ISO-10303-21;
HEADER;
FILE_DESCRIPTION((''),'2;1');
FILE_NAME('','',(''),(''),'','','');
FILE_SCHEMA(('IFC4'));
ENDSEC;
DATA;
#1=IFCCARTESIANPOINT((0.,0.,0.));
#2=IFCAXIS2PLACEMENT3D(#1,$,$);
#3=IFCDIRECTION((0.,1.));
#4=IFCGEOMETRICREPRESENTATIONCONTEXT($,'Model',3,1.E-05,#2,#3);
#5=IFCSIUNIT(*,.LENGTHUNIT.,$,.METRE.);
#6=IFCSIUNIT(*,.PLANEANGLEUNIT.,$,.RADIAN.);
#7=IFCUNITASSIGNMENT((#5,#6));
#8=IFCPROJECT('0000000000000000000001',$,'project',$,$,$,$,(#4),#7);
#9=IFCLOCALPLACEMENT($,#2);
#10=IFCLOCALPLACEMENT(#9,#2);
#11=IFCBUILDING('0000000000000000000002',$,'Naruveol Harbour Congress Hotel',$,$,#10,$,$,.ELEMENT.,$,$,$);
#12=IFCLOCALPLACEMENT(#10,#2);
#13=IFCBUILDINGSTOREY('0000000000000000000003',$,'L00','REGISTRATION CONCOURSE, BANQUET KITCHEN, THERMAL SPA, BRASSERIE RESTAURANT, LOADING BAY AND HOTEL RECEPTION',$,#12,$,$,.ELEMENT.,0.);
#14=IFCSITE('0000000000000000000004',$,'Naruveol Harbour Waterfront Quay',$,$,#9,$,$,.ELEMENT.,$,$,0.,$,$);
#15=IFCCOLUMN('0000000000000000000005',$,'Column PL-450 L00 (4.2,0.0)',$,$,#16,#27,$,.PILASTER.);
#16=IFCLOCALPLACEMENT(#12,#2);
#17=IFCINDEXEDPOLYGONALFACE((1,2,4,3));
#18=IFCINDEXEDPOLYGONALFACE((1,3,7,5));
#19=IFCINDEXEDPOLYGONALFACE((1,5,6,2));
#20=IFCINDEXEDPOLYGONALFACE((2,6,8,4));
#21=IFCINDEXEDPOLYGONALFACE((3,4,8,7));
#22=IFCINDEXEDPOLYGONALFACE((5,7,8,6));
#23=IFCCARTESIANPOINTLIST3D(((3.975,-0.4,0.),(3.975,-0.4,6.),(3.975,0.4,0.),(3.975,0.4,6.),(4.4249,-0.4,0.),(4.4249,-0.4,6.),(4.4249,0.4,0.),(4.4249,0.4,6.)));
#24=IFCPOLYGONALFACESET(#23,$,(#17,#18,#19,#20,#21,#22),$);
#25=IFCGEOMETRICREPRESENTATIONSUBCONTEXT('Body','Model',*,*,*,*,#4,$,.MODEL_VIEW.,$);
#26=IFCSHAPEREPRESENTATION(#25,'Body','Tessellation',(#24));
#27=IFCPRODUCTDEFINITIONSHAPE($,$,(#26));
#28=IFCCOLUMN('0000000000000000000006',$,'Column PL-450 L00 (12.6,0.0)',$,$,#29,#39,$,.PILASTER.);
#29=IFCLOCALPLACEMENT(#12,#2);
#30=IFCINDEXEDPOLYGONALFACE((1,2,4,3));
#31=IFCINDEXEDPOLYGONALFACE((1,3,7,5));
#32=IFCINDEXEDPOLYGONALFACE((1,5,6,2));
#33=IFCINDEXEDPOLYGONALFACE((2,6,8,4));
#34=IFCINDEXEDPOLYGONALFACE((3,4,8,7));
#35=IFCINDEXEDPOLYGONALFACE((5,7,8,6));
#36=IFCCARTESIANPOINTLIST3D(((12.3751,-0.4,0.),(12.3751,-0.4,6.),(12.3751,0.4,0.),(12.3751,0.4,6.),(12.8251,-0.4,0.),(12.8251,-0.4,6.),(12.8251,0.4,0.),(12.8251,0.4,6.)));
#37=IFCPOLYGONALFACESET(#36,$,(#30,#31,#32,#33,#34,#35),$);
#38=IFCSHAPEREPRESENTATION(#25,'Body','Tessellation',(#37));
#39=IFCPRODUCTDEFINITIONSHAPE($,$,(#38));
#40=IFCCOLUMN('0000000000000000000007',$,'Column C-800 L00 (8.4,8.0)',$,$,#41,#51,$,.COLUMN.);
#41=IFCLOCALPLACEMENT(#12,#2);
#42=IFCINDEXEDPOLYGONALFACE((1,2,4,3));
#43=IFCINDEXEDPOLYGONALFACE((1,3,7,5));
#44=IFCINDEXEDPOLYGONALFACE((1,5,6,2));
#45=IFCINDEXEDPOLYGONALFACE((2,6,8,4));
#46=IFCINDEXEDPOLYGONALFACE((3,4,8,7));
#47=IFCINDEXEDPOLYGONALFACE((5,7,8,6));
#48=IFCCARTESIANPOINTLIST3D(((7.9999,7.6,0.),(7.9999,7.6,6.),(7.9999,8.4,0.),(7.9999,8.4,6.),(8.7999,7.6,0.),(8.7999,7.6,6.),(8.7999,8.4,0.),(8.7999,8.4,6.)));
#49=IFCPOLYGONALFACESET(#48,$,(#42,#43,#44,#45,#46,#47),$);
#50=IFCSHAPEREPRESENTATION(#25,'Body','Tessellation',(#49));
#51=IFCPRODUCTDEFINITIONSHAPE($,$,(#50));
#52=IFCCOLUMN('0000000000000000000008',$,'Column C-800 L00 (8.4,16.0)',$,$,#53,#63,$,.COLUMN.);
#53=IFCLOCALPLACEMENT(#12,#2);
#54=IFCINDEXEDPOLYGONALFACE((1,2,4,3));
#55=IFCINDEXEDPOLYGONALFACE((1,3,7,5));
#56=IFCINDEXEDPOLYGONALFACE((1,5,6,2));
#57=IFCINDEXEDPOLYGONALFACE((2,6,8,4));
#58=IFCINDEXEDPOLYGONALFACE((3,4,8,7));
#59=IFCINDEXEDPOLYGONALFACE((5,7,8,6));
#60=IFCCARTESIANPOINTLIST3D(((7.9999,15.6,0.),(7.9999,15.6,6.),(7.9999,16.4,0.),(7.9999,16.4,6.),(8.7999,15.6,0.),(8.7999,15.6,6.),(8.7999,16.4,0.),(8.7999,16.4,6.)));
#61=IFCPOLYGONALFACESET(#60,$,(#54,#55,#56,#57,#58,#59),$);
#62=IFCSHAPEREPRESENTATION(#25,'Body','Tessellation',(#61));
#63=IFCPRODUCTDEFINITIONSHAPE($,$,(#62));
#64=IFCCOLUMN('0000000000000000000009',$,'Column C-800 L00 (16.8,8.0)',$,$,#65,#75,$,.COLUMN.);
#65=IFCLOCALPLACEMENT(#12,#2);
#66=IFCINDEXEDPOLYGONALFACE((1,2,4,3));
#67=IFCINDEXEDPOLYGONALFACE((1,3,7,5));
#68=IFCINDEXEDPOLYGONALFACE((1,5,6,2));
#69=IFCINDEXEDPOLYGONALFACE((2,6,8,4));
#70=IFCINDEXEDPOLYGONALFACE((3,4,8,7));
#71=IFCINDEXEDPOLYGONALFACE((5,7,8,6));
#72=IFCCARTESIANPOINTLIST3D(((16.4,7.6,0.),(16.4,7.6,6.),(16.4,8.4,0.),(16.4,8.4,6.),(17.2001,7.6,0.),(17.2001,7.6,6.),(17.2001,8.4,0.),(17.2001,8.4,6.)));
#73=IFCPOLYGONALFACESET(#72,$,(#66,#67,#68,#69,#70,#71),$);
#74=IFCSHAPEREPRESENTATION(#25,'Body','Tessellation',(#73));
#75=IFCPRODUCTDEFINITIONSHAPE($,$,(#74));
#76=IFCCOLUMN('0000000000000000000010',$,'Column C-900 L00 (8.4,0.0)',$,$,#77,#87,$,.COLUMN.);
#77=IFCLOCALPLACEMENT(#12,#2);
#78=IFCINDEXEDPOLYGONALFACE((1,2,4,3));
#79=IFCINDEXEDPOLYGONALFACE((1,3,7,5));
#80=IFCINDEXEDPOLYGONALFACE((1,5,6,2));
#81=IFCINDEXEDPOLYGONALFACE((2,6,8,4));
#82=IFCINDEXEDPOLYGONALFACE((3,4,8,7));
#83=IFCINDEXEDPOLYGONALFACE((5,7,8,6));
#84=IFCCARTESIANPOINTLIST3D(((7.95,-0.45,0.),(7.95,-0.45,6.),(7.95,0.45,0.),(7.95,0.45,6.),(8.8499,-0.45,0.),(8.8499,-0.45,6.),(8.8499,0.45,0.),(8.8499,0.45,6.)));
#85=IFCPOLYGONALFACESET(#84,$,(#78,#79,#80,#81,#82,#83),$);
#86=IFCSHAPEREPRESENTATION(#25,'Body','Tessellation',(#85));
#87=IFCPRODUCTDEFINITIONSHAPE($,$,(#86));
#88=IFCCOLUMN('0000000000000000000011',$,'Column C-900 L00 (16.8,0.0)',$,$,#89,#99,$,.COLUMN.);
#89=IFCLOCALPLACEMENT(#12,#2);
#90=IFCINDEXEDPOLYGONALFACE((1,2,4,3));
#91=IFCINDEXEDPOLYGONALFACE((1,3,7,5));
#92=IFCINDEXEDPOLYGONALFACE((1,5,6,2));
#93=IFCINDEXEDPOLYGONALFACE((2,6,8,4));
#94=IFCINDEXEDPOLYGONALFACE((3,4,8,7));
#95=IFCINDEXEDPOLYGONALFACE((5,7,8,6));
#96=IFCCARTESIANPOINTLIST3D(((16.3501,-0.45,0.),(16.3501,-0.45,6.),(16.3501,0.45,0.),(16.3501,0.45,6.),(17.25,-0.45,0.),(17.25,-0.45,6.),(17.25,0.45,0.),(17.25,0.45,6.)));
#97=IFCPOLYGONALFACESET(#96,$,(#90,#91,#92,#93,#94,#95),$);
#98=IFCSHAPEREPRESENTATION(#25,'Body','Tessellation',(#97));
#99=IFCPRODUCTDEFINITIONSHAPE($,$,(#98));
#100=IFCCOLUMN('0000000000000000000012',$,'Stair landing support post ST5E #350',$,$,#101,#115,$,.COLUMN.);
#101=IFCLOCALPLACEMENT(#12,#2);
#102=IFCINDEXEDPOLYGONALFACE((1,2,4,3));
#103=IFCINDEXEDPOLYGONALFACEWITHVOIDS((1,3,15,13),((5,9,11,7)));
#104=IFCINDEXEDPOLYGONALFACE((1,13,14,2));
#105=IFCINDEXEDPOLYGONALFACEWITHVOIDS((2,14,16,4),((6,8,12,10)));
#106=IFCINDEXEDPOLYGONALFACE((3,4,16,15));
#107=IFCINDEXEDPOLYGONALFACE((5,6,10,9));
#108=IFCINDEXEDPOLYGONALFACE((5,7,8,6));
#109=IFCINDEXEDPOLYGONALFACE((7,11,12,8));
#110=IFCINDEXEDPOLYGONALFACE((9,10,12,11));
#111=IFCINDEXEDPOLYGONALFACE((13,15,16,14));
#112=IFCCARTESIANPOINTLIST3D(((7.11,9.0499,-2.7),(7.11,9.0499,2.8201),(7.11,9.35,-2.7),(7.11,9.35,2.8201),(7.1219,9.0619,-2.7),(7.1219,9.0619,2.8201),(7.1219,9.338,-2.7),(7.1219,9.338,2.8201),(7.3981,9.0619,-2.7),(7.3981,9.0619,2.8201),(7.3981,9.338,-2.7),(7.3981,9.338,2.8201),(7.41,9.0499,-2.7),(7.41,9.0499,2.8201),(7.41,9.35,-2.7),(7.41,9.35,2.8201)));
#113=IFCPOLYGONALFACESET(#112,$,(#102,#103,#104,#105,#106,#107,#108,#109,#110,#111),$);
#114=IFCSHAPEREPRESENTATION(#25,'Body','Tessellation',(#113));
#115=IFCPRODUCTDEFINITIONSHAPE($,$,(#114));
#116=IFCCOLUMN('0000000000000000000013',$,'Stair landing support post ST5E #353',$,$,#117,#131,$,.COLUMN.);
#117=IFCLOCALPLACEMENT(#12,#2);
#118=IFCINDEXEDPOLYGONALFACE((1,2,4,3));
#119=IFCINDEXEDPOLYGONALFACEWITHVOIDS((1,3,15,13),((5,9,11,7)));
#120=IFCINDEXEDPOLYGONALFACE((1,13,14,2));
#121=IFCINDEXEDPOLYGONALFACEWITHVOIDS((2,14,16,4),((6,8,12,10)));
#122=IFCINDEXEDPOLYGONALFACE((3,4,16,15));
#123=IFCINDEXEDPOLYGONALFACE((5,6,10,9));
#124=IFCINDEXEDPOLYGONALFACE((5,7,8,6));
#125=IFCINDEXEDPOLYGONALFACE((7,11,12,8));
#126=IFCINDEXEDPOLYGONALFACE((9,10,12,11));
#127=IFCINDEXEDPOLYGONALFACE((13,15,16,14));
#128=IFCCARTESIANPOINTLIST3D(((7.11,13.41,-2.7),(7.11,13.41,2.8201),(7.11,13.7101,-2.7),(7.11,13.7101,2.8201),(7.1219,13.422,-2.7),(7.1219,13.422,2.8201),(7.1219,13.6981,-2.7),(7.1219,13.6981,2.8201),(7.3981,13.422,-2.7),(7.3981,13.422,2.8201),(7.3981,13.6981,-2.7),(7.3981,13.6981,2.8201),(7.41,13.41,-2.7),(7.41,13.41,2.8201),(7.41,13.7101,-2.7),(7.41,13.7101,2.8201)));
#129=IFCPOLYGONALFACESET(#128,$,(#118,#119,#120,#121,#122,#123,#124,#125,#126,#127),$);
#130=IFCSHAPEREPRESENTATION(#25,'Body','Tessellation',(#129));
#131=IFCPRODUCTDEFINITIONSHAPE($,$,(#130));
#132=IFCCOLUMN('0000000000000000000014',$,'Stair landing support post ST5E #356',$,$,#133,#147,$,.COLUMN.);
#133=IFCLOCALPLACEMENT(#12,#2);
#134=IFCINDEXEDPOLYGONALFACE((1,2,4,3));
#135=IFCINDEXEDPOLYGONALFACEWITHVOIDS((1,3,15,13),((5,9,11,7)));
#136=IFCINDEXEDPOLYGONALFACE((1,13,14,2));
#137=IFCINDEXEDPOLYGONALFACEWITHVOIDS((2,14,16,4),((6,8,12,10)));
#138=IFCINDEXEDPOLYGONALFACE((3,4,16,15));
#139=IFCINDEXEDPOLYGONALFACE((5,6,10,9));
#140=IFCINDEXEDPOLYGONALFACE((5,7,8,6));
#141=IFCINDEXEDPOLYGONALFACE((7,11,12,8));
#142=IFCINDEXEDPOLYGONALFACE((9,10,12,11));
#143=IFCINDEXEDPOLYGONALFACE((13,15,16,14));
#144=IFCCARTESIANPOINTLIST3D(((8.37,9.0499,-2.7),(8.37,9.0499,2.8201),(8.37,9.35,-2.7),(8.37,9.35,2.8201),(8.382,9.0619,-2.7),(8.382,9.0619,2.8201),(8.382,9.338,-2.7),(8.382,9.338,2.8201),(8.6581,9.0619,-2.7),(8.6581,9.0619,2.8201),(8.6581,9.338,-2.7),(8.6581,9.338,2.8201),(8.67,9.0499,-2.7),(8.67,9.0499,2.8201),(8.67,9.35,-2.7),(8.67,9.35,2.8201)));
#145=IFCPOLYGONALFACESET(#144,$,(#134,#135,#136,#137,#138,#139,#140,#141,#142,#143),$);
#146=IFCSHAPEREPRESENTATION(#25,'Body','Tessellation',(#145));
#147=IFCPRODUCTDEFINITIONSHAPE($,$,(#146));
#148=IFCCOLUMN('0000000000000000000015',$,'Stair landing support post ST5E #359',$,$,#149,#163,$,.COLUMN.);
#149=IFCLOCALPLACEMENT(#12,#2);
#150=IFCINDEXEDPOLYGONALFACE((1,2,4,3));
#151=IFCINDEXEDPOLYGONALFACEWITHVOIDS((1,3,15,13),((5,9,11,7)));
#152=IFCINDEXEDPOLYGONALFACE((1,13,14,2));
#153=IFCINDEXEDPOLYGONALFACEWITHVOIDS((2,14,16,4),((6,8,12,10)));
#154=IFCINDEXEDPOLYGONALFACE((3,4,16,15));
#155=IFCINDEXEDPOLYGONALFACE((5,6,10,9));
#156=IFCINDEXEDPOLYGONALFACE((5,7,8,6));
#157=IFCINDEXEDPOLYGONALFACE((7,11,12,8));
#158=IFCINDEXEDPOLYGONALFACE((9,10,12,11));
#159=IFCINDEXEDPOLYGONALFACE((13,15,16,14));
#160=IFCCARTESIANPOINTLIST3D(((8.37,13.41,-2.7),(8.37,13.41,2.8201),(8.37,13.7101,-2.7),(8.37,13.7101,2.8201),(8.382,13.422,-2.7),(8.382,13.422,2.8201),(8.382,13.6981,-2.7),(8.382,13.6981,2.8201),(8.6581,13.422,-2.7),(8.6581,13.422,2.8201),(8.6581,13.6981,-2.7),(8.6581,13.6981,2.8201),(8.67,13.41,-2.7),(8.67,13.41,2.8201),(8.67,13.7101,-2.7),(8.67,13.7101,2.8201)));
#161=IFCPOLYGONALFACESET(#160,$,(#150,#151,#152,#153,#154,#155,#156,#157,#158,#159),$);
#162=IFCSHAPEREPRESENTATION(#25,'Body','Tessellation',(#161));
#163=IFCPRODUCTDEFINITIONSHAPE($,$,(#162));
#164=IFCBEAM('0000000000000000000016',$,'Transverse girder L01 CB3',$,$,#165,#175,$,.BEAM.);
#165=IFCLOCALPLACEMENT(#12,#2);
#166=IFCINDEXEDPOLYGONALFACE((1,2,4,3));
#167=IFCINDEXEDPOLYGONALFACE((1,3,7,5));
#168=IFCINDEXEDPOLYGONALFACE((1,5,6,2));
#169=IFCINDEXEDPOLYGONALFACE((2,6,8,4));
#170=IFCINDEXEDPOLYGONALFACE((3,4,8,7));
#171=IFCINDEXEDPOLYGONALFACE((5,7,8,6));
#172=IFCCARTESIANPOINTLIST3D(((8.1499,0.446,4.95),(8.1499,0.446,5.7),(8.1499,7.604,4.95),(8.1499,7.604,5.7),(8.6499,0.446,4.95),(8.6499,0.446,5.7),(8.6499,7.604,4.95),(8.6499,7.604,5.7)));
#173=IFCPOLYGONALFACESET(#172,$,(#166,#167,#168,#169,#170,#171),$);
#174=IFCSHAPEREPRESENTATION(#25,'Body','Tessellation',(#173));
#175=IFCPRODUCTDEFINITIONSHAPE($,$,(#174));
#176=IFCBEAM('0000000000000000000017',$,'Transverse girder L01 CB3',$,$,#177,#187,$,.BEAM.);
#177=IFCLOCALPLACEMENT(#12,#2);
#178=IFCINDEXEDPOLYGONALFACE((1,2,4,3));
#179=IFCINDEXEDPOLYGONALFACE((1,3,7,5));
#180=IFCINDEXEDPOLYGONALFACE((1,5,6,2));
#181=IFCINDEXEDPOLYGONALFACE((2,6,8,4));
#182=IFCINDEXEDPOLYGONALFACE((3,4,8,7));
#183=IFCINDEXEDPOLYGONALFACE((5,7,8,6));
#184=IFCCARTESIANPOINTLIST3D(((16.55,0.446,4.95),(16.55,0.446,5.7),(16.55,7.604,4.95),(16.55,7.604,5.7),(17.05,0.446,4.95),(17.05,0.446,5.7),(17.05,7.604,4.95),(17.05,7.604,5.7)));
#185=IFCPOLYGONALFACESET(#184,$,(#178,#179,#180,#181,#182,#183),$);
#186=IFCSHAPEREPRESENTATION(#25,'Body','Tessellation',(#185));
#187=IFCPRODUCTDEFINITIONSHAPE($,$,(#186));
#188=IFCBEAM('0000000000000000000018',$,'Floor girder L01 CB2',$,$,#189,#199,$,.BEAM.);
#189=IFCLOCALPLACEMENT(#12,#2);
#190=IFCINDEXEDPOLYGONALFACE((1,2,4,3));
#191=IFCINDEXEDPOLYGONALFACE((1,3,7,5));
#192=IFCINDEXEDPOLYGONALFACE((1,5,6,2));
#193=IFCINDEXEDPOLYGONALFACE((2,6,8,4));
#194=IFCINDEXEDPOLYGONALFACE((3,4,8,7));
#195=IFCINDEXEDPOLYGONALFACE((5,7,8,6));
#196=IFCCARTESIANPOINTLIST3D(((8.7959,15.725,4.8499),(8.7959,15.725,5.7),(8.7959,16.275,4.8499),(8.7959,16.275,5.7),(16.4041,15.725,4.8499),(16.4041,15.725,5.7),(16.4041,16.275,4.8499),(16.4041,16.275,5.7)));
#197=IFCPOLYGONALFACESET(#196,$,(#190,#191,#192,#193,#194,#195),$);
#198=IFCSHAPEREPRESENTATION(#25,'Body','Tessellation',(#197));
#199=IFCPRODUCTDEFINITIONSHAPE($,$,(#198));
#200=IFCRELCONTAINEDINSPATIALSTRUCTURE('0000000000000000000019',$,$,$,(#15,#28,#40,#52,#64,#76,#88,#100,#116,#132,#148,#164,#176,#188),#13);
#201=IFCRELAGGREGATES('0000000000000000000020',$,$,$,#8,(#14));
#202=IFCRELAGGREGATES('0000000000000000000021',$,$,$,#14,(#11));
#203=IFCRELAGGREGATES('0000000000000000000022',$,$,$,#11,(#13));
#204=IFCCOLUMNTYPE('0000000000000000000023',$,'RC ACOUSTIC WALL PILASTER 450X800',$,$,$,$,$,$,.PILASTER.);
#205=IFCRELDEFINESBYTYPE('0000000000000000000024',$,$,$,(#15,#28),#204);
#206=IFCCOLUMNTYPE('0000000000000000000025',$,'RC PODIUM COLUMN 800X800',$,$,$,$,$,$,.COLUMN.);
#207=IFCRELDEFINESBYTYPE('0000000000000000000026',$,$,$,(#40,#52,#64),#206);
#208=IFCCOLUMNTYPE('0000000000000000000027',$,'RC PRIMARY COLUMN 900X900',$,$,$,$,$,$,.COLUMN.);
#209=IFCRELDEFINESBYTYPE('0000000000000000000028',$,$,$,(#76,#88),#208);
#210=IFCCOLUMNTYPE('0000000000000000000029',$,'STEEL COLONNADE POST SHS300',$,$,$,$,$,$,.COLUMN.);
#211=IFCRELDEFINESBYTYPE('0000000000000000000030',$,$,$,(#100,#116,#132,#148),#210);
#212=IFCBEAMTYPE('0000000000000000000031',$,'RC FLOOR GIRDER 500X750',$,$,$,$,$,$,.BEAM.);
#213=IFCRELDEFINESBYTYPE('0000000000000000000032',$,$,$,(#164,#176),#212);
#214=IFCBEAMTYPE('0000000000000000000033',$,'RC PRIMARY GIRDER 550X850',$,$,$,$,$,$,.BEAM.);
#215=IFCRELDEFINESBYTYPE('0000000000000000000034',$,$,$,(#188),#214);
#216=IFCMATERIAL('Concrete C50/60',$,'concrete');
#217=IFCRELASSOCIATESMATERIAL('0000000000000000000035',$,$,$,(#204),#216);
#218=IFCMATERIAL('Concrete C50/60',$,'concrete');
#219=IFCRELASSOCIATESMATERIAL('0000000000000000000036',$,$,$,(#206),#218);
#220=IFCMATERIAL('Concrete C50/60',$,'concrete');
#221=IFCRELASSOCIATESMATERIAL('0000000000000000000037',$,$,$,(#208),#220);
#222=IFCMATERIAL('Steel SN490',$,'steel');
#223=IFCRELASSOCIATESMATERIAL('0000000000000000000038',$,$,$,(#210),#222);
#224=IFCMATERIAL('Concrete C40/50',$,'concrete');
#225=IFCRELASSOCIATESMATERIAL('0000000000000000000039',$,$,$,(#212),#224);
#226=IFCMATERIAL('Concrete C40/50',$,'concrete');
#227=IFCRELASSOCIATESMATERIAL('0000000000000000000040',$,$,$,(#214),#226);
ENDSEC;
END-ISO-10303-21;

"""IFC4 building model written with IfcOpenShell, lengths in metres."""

from ifc_helpers import new_model, si_unit, direction, frame, origin, origin_2d, place, context, subcontext, project, spatial, rectangle, hollow_rectangle, extrude, material, material_profile, profile_set, type_object, element, save


model = new_model("IFC4")

# Units and contexts
model_context = context("Model", 3, precision=1e-05, world=origin(), true_north=direction((0.0, 1.0)))
body_context = subcontext(model_context, "Body", "Model", "MODEL_VIEW")
ifc_project = project(units=[si_unit("LENGTHUNIT", "METRE"), si_unit("PLANEANGLEUNIT", "RADIAN")], contexts=[model_context])

# Site, building, storey
site_placement = place(None, origin())
site = spatial("IfcSite", under=ifc_project, at=site_placement, Name="Naruveol Harbour Waterfront Quay", CompositionType="ELEMENT", RefElevation=0.0)
building_placement = place(site_placement, origin())
building = spatial("IfcBuilding", under=site, at=building_placement, Name="Naruveol Harbour Congress Hotel", CompositionType="ELEMENT")
storey_placement = place(building_placement, origin())
storey = spatial("IfcBuildingStorey", under=building, at=storey_placement, Name="L00", Description="REGISTRATION CONCOURSE, BANQUET KITCHEN, THERMAL SPA, BRASSERIE RESTAURANT, LOADING BAY AND HOTEL RECEPTION", CompositionType="ELEMENT", Elevation=0.0)

# Columns
ifc_material_1 = material(Name="Concrete C50/60", Category="concrete")
ifc_material_profile_1 = material_profile(ifc_material_1, rectangle(XDim=0.45, YDim=0.8, at=origin_2d()), Name="RC-450x800")
ifc_profile_set_1 = profile_set([ifc_material_profile_1], Name="Concrete C50/60")
column_type_1 = type_object("IfcColumnType", Name="RC ACOUSTIC WALL PILASTER 450X800", PredefinedType="PILASTER", material=ifc_profile_set_1)
for number, where, z_axis, x_axis, name in (
    (1, (4.2, 0.0, 0.0), (0.0, 0.0, 1.0), (1.0, 0.0, 0.0), "Column PL-450 L00 (4.2,0.0)"),
    (2, (12.6001, 0.0, 0.0), (0.0, 0.0, 1.0), (1.0, 0.0, 0.0), "Column PL-450 L00 (12.6,0.0)"),
):
    element("IfcColumn", number, at=place(storey_placement, frame(where, z_axis=z_axis, x_axis=x_axis)), inside=storey, type_object=column_type_1, Name=name, PredefinedType="PILASTER", context=body_context, shape_type="SweptSolid", body=[
        extrude(rectangle(XDim=0.45, YDim=0.8, at=origin_2d()), origin(), (0.0, 0.0, 1.0), 6.0),
    ])
ifc_material_2 = material(Name="Concrete C50/60", Category="concrete")
ifc_material_profile_2 = material_profile(ifc_material_2, rectangle(XDim=0.8, YDim=0.8, at=origin_2d()), Name="RC-800x800")
ifc_profile_set_2 = profile_set([ifc_material_profile_2], Name="Concrete C50/60")
column_type_2 = type_object("IfcColumnType", Name="RC PODIUM COLUMN 800X800", PredefinedType="COLUMN", material=ifc_profile_set_2)
for number, where, z_axis, x_axis, name in (
    (3, (8.3999, 8.0, 0.0), (0.0, 0.0, 1.0), (1.0, 0.0, 0.0), "Column C-800 L00 (8.4,8.0)"),
    (4, (8.3999, 16.0, 0.0), (0.0, 0.0, 1.0), (1.0, 0.0, 0.0), "Column C-800 L00 (8.4,16.0)"),
    (5, (16.8, 8.0, 0.0), (0.0, 0.0, 1.0), (1.0, 0.0, 0.0), "Column C-800 L00 (16.8,8.0)"),
):
    element("IfcColumn", number, at=place(storey_placement, frame(where, z_axis=z_axis, x_axis=x_axis)), inside=storey, type_object=column_type_2, Name=name, PredefinedType="COLUMN", context=body_context, shape_type="SweptSolid", body=[
        extrude(rectangle(XDim=0.8, YDim=0.8, at=origin_2d()), origin(), (0.0, 0.0, 1.0), 6.0),
    ])
ifc_material_3 = material(Name="Concrete C50/60", Category="concrete")
ifc_material_profile_3 = material_profile(ifc_material_3, rectangle(XDim=0.8999, YDim=0.8999, at=origin_2d()), Name="RC-900x900")
ifc_profile_set_3 = profile_set([ifc_material_profile_3], Name="Concrete C50/60")
column_type_3 = type_object("IfcColumnType", Name="RC PRIMARY COLUMN 900X900", PredefinedType="COLUMN", material=ifc_profile_set_3)
for number, where, z_axis, x_axis, name in (
    (6, (8.3999, 0.0, 0.0), (0.0, 0.0, 1.0), (1.0, 0.0, 0.0), "Column C-900 L00 (8.4,0.0)"),
    (7, (16.8, 0.0, 0.0), (0.0, 0.0, 1.0), (1.0, 0.0, 0.0), "Column C-900 L00 (16.8,0.0)"),
):
    element("IfcColumn", number, at=place(storey_placement, frame(where, z_axis=z_axis, x_axis=x_axis)), inside=storey, type_object=column_type_3, Name=name, PredefinedType="COLUMN", context=body_context, shape_type="SweptSolid", body=[
        extrude(rectangle(XDim=0.8999, YDim=0.8999, at=origin_2d()), origin(), (0.0, 0.0, 1.0), 6.0),
    ])
ifc_material_4 = material(Name="Steel SN490", Category="steel")
ifc_material_profile_4 = material_profile(ifc_material_4, hollow_rectangle(XDim=0.3, YDim=0.3, WallThickness=0.012, at=origin_2d()), Name="SHS-300x300x12")
ifc_profile_set_4 = profile_set([ifc_material_profile_4], Name="Steel SN490")
column_type_4 = type_object("IfcColumnType", Name="STEEL COLONNADE POST SHS300", PredefinedType="COLUMN", material=ifc_profile_set_4)
for number, where, z_axis, x_axis, name in (
    (8, (7.26, 9.2, -2.7), (0.0, 0.0, 1.0), (1.0, 0.0, 0.0), "Stair landing support post ST5E #350"),
    (9, (7.26, 13.5601, -2.7), (0.0, 0.0, 1.0), (1.0, 0.0, 0.0), "Stair landing support post ST5E #353"),
    (10, (8.52, 9.2, -2.7), (0.0, 0.0, 1.0), (1.0, 0.0, 0.0), "Stair landing support post ST5E #356"),
    (11, (8.52, 13.5601, -2.7), (0.0, 0.0, 1.0), (1.0, 0.0, 0.0), "Stair landing support post ST5E #359"),
):
    element("IfcColumn", number, at=place(storey_placement, frame(where, z_axis=z_axis, x_axis=x_axis)), inside=storey, type_object=column_type_4, Name=name, PredefinedType="COLUMN", context=body_context, shape_type="SweptSolid", body=[
        extrude(hollow_rectangle(XDim=0.3, YDim=0.3, WallThickness=0.012, at=origin_2d()), origin(), (0.0, 0.0, 1.0), 5.52),
    ])

# Beams
ifc_material_5 = material(Name="Concrete C40/50", Category="concrete")
ifc_material_profile_5 = material_profile(ifc_material_5, rectangle(XDim=0.5, YDim=0.75, at=origin_2d()), Name="RCB-500x750")
ifc_profile_set_5 = profile_set([ifc_material_profile_5], Name="Concrete C40/50")
beam_type_1 = type_object("IfcBeamType", Name="RC FLOOR GIRDER 500X750", PredefinedType="BEAM", material=ifc_profile_set_5)
for number, where, z_axis, x_axis, name in (
    (12, (8.3999, 0.446, 5.325), (0.0, 1.0, 0.0), (-1.0, 0.0, 0.0), "Transverse girder L01 CB3"),
    (13, (16.8, 0.446, 5.325), (0.0, 1.0, 0.0), (-1.0, 0.0, 0.0), "Transverse girder L01 CB3"),
):
    element("IfcBeam", number, at=place(storey_placement, frame(where, z_axis=z_axis, x_axis=x_axis)), inside=storey, type_object=beam_type_1, Name=name, PredefinedType="BEAM", context=body_context, shape_type="SweptSolid", body=[
        extrude(rectangle(XDim=0.5, YDim=0.75, at=origin_2d()), origin(), (0.0, 0.0, 1.0), 7.158),
    ])
ifc_material_6 = material(Name="Concrete C40/50", Category="concrete")
ifc_material_profile_6 = material_profile(ifc_material_6, rectangle(XDim=0.55, YDim=0.8501, at=origin_2d()), Name="RCB-550x850")
ifc_profile_set_6 = profile_set([ifc_material_profile_6], Name="Concrete C40/50")
beam_type_2 = type_object("IfcBeamType", Name="RC PRIMARY GIRDER 550X850", PredefinedType="BEAM", material=ifc_profile_set_6)
beam_1_placement = place(storey_placement, frame((8.7959, 16.0, 5.2749), z_axis=(1.0, 0.0, 0.0), x_axis=(0.0, 1.0, 0.0)))
element("IfcBeam", 14, at=beam_1_placement, inside=storey, type_object=beam_type_2, Name="Floor girder L01 CB2", PredefinedType="BEAM", context=body_context, shape_type="SweptSolid", body=[
    extrude(rectangle(XDim=0.55, YDim=0.8501, at=origin_2d()), origin(), (0.0, 0.0, 1.0), 7.6082),
])

save(model, "model.ifc")
